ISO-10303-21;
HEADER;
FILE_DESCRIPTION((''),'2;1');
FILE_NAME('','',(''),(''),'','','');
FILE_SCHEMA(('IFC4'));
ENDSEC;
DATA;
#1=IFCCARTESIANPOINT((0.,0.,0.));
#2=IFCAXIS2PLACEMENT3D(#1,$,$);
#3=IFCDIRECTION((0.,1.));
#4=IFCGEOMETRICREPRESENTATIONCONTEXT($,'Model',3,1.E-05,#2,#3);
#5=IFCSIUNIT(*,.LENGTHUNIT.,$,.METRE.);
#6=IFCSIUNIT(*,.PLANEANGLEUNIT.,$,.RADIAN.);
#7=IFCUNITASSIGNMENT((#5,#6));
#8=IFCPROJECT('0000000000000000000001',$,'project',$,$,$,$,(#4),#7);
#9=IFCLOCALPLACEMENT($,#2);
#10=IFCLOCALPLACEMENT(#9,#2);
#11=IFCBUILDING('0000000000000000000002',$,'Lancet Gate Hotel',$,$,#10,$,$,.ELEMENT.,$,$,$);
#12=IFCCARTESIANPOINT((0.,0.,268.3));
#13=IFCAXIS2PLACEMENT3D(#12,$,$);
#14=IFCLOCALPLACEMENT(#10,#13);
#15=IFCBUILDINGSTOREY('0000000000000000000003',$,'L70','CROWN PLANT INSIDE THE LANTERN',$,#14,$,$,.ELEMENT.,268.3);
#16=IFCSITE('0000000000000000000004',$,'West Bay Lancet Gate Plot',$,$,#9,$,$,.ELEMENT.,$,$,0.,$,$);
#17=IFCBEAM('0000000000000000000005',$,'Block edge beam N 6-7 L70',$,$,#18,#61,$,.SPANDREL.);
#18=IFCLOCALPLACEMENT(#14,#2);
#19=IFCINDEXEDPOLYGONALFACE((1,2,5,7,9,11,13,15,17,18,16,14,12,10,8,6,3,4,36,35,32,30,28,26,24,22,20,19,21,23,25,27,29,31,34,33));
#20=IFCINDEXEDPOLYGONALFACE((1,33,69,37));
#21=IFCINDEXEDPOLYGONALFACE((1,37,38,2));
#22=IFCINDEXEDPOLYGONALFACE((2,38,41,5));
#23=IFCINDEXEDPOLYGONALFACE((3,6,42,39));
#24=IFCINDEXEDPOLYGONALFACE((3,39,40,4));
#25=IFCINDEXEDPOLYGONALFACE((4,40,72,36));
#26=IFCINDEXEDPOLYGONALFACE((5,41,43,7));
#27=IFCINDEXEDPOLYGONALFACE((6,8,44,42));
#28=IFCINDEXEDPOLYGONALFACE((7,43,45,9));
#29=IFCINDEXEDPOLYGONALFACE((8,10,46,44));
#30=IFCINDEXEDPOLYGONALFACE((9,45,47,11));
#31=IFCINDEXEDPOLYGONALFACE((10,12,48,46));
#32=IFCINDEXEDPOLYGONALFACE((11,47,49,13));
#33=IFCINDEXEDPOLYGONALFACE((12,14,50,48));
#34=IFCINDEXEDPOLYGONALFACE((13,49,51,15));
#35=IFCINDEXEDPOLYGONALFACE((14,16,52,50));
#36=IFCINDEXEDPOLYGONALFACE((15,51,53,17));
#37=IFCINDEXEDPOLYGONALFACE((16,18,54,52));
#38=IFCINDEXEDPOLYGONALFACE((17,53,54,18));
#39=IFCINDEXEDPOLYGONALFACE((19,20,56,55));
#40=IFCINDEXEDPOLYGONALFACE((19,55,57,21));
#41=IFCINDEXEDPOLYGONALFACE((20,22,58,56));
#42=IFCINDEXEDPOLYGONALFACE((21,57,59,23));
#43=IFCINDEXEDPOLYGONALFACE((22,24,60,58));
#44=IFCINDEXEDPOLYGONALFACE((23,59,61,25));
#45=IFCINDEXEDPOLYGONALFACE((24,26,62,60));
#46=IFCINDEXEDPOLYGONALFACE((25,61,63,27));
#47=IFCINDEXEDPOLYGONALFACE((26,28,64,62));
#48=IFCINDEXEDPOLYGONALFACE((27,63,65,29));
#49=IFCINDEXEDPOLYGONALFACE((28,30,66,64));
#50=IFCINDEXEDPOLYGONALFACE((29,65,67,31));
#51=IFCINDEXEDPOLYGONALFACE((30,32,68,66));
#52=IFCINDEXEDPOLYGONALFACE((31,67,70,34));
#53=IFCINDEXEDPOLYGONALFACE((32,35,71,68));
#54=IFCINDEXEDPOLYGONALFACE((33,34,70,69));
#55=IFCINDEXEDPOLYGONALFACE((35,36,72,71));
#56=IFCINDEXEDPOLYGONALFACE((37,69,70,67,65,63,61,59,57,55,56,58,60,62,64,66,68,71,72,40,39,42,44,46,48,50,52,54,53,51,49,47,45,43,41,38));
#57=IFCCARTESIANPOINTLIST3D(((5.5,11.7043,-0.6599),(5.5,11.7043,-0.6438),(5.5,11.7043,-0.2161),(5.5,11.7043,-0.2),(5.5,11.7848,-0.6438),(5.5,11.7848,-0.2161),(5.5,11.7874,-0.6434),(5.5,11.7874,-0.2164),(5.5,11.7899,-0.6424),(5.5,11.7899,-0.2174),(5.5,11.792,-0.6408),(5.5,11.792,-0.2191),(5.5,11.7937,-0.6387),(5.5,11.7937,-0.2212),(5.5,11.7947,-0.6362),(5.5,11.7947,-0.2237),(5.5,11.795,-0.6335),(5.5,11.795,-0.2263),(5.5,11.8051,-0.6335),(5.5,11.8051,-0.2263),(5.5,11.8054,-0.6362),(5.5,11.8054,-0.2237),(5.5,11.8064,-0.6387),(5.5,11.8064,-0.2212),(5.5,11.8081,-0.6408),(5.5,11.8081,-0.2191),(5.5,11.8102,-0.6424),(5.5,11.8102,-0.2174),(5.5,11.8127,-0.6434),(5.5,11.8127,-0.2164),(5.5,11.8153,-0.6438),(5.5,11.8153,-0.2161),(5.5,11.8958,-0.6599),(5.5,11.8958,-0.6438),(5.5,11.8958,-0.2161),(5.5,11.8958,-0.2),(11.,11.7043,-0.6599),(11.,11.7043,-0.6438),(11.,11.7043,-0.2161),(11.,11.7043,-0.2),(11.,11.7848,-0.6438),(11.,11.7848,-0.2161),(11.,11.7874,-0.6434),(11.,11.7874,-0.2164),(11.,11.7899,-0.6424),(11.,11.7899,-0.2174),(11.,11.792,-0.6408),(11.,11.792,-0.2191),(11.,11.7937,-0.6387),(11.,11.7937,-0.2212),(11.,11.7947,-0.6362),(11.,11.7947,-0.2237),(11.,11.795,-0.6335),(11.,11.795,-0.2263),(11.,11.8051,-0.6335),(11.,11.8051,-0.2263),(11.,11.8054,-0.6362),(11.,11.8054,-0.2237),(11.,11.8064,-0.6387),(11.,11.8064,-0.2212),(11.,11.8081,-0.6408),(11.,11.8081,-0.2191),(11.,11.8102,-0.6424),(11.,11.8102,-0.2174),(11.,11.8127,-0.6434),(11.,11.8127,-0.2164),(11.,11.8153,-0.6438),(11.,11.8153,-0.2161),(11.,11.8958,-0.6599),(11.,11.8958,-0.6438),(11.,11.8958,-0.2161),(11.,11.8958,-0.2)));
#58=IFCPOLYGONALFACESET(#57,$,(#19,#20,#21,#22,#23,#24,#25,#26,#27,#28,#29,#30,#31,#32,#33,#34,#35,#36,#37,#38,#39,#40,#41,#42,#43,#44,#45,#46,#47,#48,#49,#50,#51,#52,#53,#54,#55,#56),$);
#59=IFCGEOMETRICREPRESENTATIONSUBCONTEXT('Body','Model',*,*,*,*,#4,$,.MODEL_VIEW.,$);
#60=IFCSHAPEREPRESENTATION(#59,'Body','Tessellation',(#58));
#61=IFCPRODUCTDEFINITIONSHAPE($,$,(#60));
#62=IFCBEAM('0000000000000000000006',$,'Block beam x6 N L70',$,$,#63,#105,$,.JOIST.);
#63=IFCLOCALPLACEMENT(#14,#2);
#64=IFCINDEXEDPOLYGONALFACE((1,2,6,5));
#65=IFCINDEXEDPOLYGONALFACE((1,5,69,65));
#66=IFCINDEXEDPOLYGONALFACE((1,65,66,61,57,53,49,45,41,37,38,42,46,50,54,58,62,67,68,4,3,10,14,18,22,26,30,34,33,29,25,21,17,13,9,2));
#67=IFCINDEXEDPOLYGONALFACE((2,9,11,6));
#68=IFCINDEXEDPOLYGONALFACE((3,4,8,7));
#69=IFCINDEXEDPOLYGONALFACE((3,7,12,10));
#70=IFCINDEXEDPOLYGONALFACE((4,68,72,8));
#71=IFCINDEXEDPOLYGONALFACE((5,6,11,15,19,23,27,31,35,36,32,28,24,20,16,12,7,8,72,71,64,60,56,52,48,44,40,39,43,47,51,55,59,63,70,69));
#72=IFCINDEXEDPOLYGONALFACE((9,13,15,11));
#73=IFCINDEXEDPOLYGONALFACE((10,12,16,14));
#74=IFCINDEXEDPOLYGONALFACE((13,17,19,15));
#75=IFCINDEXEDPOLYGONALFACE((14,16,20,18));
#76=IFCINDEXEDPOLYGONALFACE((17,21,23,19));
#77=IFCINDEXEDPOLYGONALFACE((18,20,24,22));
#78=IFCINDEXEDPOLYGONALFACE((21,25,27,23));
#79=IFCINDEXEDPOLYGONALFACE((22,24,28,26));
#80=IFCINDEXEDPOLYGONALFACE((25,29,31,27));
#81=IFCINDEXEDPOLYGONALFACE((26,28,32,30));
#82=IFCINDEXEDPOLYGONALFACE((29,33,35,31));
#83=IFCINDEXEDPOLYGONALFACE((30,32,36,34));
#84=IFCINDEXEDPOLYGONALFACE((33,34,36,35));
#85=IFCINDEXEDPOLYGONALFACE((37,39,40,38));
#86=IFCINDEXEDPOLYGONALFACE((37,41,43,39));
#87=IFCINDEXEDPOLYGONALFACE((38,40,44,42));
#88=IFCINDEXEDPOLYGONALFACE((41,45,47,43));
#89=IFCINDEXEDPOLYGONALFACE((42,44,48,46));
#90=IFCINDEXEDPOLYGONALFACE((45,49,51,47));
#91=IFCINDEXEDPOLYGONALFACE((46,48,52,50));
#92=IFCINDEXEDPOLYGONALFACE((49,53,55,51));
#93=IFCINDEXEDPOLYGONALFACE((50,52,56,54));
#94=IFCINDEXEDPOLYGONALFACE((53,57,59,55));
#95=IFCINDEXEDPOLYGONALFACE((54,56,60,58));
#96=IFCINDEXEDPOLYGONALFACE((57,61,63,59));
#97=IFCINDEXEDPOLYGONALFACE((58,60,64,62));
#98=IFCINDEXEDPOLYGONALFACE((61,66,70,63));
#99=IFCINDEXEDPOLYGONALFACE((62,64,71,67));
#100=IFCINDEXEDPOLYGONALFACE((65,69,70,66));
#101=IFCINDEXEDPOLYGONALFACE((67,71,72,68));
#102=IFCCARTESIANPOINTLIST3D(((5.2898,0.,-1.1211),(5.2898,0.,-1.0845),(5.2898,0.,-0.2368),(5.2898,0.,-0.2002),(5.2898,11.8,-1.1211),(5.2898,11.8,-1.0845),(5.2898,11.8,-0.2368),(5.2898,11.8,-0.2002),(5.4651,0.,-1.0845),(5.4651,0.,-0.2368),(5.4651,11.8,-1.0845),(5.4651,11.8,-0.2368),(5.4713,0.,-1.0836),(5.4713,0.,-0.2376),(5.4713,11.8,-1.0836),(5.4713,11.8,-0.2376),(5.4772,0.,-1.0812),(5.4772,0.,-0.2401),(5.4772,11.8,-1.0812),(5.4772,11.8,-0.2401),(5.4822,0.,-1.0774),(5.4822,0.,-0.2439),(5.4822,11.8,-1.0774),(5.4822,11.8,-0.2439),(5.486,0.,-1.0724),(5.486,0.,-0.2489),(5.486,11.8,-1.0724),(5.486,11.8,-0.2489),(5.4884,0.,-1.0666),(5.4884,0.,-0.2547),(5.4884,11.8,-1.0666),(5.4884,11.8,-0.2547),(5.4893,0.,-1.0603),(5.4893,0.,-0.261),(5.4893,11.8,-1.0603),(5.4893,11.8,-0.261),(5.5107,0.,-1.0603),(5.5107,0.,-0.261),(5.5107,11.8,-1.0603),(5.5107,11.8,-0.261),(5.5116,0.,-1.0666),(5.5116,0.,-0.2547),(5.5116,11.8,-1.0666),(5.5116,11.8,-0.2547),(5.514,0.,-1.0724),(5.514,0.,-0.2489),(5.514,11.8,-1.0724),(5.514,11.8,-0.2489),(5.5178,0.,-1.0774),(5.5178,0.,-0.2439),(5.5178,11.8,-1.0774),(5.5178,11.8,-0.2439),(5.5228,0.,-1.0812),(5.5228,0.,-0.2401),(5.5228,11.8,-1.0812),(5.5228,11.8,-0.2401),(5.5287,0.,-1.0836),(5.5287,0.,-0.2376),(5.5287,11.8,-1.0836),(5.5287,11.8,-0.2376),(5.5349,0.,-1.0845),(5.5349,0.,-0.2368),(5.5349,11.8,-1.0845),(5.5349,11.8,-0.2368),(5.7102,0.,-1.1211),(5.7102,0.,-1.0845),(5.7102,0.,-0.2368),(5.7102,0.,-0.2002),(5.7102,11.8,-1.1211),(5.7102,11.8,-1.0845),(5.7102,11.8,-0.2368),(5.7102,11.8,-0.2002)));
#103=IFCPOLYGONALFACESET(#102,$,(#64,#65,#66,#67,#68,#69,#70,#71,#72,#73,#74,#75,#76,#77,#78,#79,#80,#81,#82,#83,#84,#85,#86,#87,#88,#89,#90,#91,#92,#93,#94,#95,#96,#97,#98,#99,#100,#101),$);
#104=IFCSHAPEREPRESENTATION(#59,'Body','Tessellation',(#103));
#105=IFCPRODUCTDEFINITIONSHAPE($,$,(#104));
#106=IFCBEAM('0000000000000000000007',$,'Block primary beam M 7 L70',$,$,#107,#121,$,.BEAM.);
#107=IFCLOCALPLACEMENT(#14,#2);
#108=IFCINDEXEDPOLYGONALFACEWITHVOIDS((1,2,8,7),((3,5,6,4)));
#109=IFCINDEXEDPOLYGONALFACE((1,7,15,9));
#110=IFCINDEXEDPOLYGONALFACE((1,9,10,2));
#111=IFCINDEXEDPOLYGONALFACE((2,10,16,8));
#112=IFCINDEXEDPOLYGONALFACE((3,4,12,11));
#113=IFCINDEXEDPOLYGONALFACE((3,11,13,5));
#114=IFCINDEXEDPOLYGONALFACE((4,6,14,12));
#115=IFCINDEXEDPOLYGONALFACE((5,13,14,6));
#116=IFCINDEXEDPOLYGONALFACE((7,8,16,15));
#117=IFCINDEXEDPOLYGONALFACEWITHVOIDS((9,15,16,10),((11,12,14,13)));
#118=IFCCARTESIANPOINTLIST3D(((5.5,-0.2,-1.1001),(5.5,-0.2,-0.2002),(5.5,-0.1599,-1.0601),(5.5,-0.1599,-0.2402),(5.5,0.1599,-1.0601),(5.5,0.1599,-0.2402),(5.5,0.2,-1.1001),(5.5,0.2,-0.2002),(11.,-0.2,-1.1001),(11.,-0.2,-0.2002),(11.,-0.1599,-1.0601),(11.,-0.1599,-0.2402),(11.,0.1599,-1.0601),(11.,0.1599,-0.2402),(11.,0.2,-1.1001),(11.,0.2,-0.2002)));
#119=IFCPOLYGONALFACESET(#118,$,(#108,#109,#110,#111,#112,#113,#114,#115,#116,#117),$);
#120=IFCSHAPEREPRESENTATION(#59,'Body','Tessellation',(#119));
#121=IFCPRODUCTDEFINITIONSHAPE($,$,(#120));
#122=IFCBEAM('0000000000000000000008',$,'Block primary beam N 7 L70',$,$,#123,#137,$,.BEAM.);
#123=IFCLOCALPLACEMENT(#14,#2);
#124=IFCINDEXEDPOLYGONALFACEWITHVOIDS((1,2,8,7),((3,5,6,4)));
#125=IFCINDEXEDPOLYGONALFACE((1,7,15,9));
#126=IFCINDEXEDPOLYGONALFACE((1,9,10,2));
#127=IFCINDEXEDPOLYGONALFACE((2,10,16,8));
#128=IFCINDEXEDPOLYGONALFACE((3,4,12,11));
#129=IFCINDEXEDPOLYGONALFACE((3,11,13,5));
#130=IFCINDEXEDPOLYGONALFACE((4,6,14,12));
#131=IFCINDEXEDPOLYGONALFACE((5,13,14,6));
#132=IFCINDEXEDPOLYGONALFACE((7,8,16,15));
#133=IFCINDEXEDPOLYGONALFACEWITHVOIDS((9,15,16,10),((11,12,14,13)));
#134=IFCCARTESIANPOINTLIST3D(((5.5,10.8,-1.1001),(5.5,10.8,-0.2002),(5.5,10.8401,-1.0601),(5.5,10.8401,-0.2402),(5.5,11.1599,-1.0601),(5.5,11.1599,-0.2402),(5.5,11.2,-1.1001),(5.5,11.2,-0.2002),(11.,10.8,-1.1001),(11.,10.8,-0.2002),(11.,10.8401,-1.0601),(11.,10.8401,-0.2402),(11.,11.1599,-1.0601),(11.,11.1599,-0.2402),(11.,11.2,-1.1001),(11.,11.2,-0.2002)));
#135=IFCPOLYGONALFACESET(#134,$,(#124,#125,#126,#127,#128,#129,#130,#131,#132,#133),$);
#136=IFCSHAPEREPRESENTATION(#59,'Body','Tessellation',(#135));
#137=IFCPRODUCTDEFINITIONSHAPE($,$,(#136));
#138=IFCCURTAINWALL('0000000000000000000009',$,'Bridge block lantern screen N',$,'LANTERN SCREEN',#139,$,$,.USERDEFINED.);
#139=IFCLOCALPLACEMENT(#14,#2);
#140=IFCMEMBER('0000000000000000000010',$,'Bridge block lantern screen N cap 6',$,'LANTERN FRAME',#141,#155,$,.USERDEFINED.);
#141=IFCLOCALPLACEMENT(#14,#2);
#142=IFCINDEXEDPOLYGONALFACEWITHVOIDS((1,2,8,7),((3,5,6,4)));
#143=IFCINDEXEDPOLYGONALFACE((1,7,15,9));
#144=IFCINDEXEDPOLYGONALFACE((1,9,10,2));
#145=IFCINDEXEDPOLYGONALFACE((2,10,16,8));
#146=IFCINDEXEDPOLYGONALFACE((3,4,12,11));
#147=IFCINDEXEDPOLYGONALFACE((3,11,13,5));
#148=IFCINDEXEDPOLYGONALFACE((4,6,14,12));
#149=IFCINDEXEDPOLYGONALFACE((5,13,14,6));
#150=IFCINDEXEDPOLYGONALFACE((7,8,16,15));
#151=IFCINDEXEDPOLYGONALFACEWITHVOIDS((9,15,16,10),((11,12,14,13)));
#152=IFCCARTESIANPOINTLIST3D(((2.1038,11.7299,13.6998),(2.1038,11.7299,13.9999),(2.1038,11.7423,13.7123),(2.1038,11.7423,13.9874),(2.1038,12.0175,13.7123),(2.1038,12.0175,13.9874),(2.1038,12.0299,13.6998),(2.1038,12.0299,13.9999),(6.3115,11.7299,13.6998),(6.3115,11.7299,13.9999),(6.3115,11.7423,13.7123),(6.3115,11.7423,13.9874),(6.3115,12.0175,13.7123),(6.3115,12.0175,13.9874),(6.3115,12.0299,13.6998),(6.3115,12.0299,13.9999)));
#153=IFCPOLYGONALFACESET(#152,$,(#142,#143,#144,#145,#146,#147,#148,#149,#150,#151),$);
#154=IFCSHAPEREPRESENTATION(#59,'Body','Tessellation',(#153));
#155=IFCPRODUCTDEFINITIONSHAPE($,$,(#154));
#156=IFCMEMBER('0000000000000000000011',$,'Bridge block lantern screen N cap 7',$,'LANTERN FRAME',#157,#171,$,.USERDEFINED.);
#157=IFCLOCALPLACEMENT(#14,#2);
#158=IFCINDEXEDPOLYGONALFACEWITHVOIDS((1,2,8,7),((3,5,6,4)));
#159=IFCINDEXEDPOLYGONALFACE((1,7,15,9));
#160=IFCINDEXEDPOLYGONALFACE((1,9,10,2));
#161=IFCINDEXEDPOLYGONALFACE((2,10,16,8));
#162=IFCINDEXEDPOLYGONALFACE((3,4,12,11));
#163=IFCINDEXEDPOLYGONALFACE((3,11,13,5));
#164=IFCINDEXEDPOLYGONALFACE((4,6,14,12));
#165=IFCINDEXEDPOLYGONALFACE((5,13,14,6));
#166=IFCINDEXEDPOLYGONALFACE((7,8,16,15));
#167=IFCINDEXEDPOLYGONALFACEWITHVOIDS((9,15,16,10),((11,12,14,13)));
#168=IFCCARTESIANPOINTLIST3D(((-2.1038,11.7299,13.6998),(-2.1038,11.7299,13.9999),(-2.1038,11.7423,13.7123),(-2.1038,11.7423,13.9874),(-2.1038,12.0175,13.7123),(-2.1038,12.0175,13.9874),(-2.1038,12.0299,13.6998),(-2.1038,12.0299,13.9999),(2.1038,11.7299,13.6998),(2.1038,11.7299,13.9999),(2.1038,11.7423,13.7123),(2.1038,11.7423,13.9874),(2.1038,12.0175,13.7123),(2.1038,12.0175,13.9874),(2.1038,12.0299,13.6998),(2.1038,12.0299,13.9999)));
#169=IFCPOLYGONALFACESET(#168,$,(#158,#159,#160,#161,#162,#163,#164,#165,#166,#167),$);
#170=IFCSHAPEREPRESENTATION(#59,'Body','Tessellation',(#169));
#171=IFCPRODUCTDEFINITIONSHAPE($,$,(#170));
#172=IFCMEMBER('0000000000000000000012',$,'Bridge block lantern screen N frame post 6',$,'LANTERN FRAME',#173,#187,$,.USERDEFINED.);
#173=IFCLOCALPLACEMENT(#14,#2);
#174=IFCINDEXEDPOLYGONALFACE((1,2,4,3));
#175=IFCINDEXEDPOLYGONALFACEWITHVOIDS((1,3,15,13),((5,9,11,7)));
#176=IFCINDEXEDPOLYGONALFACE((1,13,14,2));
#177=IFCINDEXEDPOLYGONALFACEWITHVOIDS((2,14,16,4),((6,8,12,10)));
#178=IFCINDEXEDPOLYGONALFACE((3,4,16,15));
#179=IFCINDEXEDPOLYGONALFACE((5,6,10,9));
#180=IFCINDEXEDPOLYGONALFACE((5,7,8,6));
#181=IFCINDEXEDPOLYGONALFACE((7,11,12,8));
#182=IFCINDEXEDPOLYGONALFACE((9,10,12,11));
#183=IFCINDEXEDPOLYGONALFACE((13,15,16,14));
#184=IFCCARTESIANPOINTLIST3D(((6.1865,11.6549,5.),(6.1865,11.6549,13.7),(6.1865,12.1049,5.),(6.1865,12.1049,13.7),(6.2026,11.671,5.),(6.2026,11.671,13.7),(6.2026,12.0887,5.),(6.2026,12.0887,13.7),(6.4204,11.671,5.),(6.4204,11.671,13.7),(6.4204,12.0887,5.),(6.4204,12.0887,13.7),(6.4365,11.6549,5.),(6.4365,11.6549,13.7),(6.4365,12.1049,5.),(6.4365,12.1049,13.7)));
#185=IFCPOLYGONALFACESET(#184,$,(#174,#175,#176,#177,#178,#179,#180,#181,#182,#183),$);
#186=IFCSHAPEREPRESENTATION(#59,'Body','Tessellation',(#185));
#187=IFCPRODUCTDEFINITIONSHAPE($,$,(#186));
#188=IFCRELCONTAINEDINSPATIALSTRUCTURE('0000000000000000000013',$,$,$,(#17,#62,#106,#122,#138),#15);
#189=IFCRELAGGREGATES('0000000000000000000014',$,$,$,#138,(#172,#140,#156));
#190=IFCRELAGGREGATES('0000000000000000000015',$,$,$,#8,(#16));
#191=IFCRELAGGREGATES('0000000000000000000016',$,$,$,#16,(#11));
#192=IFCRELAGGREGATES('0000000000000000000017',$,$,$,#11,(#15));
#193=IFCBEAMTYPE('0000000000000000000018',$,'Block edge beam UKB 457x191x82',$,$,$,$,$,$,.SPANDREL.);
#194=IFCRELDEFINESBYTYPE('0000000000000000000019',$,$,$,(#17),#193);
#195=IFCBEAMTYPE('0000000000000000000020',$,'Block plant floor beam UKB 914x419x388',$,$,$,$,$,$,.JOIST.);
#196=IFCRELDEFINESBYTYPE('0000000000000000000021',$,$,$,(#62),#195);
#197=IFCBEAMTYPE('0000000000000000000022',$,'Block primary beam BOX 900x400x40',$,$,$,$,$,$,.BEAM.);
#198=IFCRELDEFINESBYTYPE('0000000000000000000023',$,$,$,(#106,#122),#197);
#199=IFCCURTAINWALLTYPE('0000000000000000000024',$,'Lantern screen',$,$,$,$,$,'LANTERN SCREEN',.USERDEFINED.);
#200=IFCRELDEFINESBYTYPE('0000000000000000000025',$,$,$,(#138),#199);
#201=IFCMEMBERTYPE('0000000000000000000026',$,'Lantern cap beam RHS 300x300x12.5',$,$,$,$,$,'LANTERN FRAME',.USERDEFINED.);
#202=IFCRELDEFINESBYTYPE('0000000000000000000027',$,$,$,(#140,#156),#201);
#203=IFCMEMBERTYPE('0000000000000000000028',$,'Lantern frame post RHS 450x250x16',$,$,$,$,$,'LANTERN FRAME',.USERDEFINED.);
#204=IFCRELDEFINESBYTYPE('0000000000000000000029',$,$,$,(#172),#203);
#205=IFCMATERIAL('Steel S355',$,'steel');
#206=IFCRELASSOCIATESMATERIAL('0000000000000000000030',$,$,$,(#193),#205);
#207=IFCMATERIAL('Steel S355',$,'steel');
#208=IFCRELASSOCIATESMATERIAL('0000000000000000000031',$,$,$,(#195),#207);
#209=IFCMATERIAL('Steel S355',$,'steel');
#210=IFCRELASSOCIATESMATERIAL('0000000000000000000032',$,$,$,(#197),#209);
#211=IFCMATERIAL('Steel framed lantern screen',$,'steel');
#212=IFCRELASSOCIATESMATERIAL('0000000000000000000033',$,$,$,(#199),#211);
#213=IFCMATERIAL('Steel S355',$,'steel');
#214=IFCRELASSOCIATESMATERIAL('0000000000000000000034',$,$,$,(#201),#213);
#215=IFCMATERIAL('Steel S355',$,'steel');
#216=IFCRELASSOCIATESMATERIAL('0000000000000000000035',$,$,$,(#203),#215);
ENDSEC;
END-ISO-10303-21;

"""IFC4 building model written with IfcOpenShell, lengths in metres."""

from ifc_helpers import new_model, si_unit, direction, frame, origin, origin_2d, place, context, subcontext, project, spatial, hollow_rectangle, i_section, extrude, material, material_profile, profile_set, type_object, element, aggregate, save


model = new_model("IFC4")

# Units and contexts
model_context = context("Model", 3, precision=1e-05, world=origin(), true_north=direction((0.0, 1.0)))
body_context = subcontext(model_context, "Body", "Model", "MODEL_VIEW")
ifc_project = project(units=[si_unit("LENGTHUNIT", "METRE"), si_unit("PLANEANGLEUNIT", "RADIAN")], contexts=[model_context])

# Site, building, storey
site_placement = place(None, origin())
site = spatial("IfcSite", under=ifc_project, at=site_placement, Name="West Bay Lancet Gate Plot", CompositionType="ELEMENT", RefElevation=0.0)
building_placement = place(site_placement, origin())
building = spatial("IfcBuilding", under=site, at=building_placement, Name="Lancet Gate Hotel", CompositionType="ELEMENT")
storey_placement = place(building_placement, frame((0.0, 0.0, 268.3)))
storey = spatial("IfcBuildingStorey", under=building, at=storey_placement, Name="L70", Description="CROWN PLANT INSIDE THE LANTERN", CompositionType="ELEMENT", Elevation=268.3)

# Beams
ifc_material_1 = material(Name="Steel S355", Category="steel")
ifc_material_profile_1 = material_profile(ifc_material_1, i_section(OverallWidth=0.1914, OverallDepth=0.46, WebThickness=0.01, FlangeThickness=0.0161, FilletRadius=0.0103, at=origin_2d()), Name="UKB 457x191x82")
ifc_profile_set_1 = profile_set([ifc_material_profile_1], Name="Steel S355")
beam_type_1 = type_object("IfcBeamType", Name="Block edge beam UKB 457x191x82", PredefinedType="SPANDREL", material=ifc_profile_set_1)
beam_1_placement = place(storey_placement, frame((5.5, 11.8, -0.4299), z_axis=(1.0, 0.0, 0.0), x_axis=(0.0, 1.0, 0.0)))
element("IfcBeam", 1, at=beam_1_placement, inside=storey, type_object=beam_type_1, Name="Block edge beam N 6-7 L70", PredefinedType="SPANDREL", context=body_context, shape_type="SweptSolid", body=[
    extrude(i_section(OverallWidth=0.1914, OverallDepth=0.46, WebThickness=0.01, FlangeThickness=0.0161, FilletRadius=0.0103, at=origin_2d()), origin(), (0.0, 0.0, 1.0), 5.5),
])
ifc_material_2 = material(Name="Steel S355", Category="steel")
ifc_material_profile_2 = material_profile(ifc_material_2, i_section(OverallWidth=0.4204, OverallDepth=0.9209, WebThickness=0.0215, FlangeThickness=0.0366, FilletRadius=0.0242, at=origin_2d()), Name="UKB 914x419x388")
ifc_profile_set_2 = profile_set([ifc_material_profile_2], Name="Steel S355")
beam_type_2 = type_object("IfcBeamType", Name="Block plant floor beam UKB 914x419x388", PredefinedType="JOIST", material=ifc_profile_set_2)
beam_2_placement = place(storey_placement, frame((5.5, 0.0, -0.6606), z_axis=(0.0, 1.0, 0.0), x_axis=(-1.0, 0.0, 0.0)))
element("IfcBeam", 2, at=beam_2_placement, inside=storey, type_object=beam_type_2, Name="Block beam x6 N L70", PredefinedType="JOIST", context=body_context, shape_type="SweptSolid", body=[
    extrude(i_section(OverallWidth=0.4204, OverallDepth=0.9209, WebThickness=0.0215, FlangeThickness=0.0366, FilletRadius=0.0242, at=origin_2d()), origin(), (0.0, 0.0, 1.0), 11.8),
])
ifc_material_3 = material(Name="Steel S355", Category="steel")
ifc_material_profile_3 = material_profile(ifc_material_3, hollow_rectangle(XDim=0.3999, YDim=0.8999, WallThickness=0.04, at=origin_2d()), Name="BOX 900x400x40")
ifc_profile_set_3 = profile_set([ifc_material_profile_3], Name="Steel S355")
beam_type_3 = type_object("IfcBeamType", Name="Block primary beam BOX 900x400x40", PredefinedType="BEAM", material=ifc_profile_set_3)
for number, where, z_axis, x_axis, name in (
    (3, (5.5, 0.0, -0.6501), (1.0, 0.0, 0.0), (0.0, 1.0, 0.0), "Block primary beam M 7 L70"),
    (4, (5.5, 11.0, -0.6501), (1.0, 0.0, 0.0), (0.0, 1.0, 0.0), "Block primary beam N 7 L70"),
):
    element("IfcBeam", number, at=place(storey_placement, frame(where, z_axis=z_axis, x_axis=x_axis)), inside=storey, type_object=beam_type_3, Name=name, PredefinedType="BEAM", context=body_context, shape_type="SweptSolid", body=[
        extrude(hollow_rectangle(XDim=0.3999, YDim=0.8999, WallThickness=0.04, at=origin_2d()), origin(), (0.0, 0.0, 1.0), 5.5),
    ])

# Curtain wall, members
ifc_material_4 = material(Name="Steel framed lantern screen", Category="steel")
curtain_wall_type_1 = type_object("IfcCurtainWallType", Name="Lantern screen", ElementType="LANTERN SCREEN", PredefinedType="USERDEFINED", material=ifc_material_4)
curtain_wall_1_placement = place(storey_placement, origin())
curtain_wall_1 = element("IfcCurtainWall", 5, at=curtain_wall_1_placement, inside=storey, type_object=curtain_wall_type_1, Name="Bridge block lantern screen N", ObjectType="LANTERN SCREEN", PredefinedType="USERDEFINED")
ifc_material_5 = material(Name="Steel S355", Category="steel")
ifc_material_profile_4 = material_profile(ifc_material_5, hollow_rectangle(XDim=0.3, YDim=0.3, WallThickness=0.0125, at=origin_2d()), Name="RHS 300x300x12.5")
ifc_profile_set_4 = profile_set([ifc_material_profile_4], Name="Steel S355")
member_type_1 = type_object("IfcMemberType", Name="Lantern cap beam RHS 300x300x12.5", ElementType="LANTERN FRAME", PredefinedType="USERDEFINED", material=ifc_profile_set_4)
member_1_placement = place(storey_placement, frame((6.3115, 11.8799, 13.8499), z_axis=(-1.0, 0.0, 0.0), x_axis=(0.0, -1.0, 0.0)))
member_1 = element("IfcMember", 6, at=member_1_placement, type_object=member_type_1, Name="Bridge block lantern screen N cap 6", ObjectType="LANTERN FRAME", PredefinedType="USERDEFINED", context=body_context, shape_type="SweptSolid", body=[
    extrude(hollow_rectangle(XDim=0.3, YDim=0.3, WallThickness=0.0125, at=origin_2d()), origin(), (0.0, 0.0, 1.0), 4.2078),
])
member_2_placement = place(storey_placement, frame((2.1038, 11.8799, 13.8499), z_axis=(-1.0, 0.0, 0.0), x_axis=(0.0, -1.0, 0.0)))
member_2 = element("IfcMember", 7, at=member_2_placement, type_object=member_type_1, Name="Bridge block lantern screen N cap 7", ObjectType="LANTERN FRAME", PredefinedType="USERDEFINED", context=body_context, shape_type="SweptSolid", body=[
    extrude(hollow_rectangle(XDim=0.3, YDim=0.3, WallThickness=0.0125, at=origin_2d()), origin(), (0.0, 0.0, 1.0), 4.2075),
])
ifc_material_6 = material(Name="Steel S355", Category="steel")
ifc_material_profile_5 = material_profile(ifc_material_6, hollow_rectangle(XDim=0.25, YDim=0.45, WallThickness=0.0161, at=origin_2d()), Name="RHS 450x250x16")
ifc_profile_set_5 = profile_set([ifc_material_profile_5], Name="Steel S355")
member_type_2 = type_object("IfcMemberType", Name="Lantern frame post RHS 450x250x16", ElementType="LANTERN FRAME", PredefinedType="USERDEFINED", material=ifc_profile_set_5)
member_3_placement = place(storey_placement, frame((6.3115, 11.8799, 5.0), z_axis=(0.0, 0.0, 1.0), x_axis=(-1.0, 0.0, 0.0)))
member_3 = element("IfcMember", 8, at=member_3_placement, type_object=member_type_2, Name="Bridge block lantern screen N frame post 6", ObjectType="LANTERN FRAME", PredefinedType="USERDEFINED", context=body_context, shape_type="SweptSolid", body=[
    extrude(hollow_rectangle(XDim=0.25, YDim=0.45, WallThickness=0.0161, at=origin_2d()), origin(), (0.0, 0.0, 1.0), 8.7),
])

aggregate(curtain_wall_1, [member_3, member_1, member_2])

save(model, "model.ifc")
